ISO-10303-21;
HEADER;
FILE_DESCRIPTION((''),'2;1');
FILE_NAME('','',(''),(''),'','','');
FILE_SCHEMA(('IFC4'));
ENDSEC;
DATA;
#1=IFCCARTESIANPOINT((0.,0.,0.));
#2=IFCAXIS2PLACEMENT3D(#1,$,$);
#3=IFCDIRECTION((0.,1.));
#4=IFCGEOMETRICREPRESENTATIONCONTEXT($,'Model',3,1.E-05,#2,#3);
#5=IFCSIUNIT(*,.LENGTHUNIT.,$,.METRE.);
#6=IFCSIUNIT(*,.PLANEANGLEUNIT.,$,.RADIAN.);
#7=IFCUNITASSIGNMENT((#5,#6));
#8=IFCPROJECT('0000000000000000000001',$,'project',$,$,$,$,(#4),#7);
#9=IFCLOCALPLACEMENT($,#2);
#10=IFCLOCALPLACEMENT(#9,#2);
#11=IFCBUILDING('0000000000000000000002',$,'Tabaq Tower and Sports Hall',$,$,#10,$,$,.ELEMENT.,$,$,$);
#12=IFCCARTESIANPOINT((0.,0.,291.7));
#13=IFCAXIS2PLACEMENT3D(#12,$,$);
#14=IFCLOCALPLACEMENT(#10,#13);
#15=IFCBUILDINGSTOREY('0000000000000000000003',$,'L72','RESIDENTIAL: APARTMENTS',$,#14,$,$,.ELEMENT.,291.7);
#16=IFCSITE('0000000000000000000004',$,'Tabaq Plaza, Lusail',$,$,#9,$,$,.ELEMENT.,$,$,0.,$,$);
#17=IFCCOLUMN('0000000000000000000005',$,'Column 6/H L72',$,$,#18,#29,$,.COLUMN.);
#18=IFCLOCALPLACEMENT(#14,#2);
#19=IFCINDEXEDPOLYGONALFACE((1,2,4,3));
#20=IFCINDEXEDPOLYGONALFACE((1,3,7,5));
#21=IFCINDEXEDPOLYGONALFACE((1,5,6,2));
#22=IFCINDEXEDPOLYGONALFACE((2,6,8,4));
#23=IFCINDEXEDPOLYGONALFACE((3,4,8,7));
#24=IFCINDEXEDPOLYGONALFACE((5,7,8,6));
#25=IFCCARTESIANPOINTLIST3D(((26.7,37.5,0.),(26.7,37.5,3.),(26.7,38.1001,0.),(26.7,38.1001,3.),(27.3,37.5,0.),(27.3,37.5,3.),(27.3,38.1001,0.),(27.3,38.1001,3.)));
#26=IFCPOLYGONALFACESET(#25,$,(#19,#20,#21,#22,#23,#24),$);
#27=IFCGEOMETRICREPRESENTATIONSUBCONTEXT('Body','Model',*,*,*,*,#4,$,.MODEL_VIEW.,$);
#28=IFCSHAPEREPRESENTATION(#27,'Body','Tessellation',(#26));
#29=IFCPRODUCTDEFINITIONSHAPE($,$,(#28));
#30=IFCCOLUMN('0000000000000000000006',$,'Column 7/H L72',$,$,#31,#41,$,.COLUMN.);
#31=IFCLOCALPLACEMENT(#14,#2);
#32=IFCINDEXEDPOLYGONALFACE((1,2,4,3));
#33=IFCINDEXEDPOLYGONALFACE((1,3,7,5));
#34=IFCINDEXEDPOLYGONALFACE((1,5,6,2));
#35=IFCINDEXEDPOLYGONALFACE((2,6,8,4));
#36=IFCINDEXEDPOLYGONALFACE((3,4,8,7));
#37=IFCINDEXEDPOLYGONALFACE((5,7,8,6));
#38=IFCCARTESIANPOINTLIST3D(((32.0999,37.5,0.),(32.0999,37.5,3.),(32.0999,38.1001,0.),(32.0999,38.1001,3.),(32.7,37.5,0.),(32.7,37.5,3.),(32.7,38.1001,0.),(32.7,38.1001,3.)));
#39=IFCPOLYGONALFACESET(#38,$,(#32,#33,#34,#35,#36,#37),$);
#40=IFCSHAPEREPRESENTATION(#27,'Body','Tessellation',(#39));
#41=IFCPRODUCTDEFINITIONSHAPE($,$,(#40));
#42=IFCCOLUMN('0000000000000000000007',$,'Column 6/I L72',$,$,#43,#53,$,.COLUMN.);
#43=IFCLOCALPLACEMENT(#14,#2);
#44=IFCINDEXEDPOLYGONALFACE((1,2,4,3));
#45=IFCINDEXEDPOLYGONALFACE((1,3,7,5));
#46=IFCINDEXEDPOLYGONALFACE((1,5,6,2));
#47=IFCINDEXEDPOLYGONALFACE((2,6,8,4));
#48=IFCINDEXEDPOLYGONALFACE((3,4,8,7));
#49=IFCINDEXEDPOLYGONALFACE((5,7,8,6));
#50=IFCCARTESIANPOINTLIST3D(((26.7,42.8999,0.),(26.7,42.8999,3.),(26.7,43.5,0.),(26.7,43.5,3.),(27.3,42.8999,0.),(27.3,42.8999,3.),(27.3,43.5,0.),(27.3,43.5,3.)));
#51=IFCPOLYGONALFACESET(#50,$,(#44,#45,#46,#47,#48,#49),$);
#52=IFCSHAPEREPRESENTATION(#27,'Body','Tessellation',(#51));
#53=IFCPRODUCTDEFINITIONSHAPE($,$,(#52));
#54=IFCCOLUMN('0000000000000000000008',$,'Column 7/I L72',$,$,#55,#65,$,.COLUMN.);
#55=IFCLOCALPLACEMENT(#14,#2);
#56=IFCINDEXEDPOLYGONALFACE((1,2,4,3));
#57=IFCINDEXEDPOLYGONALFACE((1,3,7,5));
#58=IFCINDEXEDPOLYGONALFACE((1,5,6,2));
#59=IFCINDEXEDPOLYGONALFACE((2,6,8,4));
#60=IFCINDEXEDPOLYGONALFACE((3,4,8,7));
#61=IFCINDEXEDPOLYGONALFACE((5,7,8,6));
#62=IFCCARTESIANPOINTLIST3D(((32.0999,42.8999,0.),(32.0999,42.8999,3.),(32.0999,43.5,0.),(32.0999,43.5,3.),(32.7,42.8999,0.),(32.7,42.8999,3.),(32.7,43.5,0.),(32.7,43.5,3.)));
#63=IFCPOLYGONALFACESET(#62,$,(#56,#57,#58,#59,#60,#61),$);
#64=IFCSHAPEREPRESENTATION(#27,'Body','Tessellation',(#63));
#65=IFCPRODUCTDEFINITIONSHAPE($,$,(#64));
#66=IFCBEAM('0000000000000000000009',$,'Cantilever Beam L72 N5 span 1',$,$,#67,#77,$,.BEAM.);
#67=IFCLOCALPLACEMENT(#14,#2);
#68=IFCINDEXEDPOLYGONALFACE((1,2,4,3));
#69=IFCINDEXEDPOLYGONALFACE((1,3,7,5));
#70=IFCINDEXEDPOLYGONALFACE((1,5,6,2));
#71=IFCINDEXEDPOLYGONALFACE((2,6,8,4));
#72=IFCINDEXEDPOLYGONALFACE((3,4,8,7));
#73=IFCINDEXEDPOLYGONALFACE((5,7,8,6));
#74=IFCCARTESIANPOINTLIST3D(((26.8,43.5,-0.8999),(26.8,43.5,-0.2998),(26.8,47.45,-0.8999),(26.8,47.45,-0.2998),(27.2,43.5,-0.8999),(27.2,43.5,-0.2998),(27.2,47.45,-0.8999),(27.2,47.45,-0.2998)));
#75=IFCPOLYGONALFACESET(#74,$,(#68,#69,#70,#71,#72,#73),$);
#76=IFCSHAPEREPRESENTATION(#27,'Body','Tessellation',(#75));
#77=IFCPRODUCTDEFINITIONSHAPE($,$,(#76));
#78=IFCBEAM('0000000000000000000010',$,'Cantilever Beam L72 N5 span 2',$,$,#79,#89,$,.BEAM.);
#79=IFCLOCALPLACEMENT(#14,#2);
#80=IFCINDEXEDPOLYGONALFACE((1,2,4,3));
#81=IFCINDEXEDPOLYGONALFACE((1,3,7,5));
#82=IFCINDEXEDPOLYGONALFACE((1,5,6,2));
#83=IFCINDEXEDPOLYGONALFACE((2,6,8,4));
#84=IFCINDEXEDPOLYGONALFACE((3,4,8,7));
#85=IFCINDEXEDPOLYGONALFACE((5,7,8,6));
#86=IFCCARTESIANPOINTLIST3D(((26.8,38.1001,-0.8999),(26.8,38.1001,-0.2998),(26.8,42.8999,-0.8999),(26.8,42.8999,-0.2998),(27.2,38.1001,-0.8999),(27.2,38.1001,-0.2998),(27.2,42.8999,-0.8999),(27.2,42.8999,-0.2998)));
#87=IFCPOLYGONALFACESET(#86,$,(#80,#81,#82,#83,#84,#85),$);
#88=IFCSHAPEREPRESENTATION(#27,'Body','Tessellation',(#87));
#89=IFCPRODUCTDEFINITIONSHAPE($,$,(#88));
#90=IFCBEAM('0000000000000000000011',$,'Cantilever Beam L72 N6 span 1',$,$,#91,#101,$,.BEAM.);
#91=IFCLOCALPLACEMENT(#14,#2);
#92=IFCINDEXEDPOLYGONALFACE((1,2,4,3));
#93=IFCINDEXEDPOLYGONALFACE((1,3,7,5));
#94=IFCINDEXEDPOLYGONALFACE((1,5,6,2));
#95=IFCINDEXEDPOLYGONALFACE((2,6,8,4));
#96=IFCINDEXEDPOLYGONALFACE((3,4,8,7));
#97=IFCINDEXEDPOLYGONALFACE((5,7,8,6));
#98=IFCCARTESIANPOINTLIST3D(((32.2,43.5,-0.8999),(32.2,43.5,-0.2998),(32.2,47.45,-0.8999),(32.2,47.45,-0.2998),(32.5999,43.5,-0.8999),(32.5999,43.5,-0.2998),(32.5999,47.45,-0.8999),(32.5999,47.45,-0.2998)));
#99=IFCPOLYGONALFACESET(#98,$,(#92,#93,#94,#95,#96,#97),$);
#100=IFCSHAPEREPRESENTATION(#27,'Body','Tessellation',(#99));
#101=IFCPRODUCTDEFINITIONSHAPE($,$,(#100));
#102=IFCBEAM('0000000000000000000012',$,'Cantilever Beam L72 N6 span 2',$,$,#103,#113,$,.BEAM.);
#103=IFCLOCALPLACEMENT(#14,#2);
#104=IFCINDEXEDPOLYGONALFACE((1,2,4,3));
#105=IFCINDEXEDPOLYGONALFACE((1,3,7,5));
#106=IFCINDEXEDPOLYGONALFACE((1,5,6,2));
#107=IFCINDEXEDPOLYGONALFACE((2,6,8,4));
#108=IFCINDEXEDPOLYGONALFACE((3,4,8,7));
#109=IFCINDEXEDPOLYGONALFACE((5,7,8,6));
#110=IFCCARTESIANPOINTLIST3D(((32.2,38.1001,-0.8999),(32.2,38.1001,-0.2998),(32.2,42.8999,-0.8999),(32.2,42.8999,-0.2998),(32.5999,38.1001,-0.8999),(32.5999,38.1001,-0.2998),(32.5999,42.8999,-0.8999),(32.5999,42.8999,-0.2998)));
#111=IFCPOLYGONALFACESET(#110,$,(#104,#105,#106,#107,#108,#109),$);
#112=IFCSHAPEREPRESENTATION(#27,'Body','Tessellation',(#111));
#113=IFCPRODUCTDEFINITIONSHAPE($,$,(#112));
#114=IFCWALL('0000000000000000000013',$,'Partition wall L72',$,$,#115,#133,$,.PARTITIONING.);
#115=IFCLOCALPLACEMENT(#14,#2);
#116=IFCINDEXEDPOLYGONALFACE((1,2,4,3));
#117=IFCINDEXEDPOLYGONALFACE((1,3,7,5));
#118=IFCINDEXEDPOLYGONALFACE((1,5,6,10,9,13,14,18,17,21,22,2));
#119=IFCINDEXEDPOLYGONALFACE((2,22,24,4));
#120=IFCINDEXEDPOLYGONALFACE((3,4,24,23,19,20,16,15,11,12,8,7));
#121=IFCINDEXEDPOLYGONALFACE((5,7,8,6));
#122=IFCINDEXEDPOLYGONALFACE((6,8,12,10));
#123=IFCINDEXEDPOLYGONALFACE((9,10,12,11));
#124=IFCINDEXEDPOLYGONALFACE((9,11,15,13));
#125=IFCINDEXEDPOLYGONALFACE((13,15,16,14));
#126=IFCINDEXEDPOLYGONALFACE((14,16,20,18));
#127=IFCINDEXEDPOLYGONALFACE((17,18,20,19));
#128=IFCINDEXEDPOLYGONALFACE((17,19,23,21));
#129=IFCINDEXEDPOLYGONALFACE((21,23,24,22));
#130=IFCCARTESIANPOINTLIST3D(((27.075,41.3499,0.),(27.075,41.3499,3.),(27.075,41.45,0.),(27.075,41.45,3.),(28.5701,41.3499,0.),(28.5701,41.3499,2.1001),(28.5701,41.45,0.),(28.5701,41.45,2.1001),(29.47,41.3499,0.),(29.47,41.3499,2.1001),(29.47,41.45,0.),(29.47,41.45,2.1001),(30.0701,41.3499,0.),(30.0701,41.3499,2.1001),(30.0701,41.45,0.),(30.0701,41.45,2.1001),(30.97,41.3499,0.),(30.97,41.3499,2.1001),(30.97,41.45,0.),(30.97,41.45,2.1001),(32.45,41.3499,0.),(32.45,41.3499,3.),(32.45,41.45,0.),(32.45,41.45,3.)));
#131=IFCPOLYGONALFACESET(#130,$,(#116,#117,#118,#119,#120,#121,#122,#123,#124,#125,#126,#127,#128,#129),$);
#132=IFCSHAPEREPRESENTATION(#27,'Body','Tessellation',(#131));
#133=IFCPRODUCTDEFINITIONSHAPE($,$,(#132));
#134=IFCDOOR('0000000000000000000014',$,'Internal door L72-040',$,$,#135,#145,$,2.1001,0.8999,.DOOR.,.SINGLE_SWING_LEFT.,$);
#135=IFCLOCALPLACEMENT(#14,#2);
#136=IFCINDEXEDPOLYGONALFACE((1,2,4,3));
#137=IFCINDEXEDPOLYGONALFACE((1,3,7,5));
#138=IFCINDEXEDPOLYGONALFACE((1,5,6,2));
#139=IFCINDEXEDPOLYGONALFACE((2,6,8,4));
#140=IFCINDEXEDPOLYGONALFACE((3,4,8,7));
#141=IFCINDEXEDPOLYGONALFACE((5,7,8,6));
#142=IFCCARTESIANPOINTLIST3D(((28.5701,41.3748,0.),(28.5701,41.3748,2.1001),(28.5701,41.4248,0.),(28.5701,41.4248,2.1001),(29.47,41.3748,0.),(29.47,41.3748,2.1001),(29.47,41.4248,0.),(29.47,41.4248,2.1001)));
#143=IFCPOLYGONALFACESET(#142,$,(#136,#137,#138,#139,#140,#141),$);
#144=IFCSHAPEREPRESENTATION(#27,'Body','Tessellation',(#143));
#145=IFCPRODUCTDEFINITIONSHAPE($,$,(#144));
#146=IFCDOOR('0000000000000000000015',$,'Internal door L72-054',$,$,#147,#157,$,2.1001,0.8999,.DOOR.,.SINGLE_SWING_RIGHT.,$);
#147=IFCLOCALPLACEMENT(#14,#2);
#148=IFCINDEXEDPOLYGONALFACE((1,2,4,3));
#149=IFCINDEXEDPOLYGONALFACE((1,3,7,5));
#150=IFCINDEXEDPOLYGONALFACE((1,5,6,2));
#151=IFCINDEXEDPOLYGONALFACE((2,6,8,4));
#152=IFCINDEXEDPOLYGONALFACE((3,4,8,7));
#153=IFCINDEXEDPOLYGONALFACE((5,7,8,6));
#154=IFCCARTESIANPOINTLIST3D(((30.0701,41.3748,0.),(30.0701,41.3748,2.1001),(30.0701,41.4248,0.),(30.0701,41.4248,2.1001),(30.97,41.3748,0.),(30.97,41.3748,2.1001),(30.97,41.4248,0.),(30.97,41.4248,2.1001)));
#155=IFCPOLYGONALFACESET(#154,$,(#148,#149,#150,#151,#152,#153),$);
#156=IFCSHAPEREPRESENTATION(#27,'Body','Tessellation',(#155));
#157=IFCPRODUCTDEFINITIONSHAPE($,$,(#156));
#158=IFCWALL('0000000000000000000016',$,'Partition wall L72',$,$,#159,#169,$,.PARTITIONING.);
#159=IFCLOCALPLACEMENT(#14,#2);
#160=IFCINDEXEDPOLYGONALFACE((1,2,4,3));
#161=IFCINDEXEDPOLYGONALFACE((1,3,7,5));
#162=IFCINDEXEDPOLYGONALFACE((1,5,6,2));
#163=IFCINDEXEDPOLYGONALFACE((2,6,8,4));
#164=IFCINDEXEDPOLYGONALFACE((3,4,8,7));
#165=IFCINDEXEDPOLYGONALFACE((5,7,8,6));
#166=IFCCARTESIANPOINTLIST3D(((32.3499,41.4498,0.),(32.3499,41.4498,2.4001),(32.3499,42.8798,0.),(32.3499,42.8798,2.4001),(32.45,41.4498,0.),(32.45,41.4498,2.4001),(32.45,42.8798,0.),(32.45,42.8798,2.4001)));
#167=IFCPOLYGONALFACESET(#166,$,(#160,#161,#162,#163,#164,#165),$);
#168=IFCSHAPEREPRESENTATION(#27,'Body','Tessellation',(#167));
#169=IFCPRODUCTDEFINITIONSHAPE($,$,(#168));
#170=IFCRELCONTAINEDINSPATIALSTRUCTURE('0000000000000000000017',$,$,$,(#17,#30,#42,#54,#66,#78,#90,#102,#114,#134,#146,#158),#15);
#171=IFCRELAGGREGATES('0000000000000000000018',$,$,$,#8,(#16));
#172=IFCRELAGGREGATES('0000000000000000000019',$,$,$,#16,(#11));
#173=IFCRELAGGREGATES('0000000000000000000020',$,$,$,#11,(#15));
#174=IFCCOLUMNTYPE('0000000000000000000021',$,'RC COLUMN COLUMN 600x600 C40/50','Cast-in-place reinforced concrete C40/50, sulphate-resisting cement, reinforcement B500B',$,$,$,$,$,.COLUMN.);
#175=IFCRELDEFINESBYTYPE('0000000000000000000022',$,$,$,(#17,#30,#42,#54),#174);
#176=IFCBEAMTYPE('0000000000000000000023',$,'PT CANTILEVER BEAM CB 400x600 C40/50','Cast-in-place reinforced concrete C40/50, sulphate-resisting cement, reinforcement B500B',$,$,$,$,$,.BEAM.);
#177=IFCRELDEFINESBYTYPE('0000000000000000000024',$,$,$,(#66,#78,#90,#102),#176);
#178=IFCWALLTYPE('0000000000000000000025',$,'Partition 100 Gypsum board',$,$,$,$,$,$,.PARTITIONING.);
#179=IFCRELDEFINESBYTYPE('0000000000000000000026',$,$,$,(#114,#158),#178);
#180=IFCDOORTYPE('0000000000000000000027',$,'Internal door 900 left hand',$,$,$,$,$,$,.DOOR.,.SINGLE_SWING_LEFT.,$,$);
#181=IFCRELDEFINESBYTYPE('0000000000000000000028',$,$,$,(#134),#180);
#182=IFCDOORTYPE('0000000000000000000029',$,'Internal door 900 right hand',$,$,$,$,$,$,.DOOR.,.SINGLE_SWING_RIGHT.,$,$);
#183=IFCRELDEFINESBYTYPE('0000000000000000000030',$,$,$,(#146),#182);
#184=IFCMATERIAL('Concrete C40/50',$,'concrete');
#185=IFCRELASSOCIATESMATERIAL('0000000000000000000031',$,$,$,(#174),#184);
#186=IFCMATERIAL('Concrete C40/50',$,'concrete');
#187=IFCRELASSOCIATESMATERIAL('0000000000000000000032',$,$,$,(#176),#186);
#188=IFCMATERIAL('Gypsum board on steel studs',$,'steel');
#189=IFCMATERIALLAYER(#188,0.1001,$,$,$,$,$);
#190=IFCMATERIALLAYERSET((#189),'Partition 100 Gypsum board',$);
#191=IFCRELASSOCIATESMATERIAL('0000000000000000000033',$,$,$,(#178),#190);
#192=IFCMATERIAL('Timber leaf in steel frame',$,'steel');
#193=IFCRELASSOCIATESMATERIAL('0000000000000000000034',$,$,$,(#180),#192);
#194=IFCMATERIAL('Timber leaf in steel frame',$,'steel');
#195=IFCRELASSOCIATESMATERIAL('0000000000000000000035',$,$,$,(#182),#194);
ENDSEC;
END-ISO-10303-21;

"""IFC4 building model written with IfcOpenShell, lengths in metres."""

from ifc_helpers import new_model, si_unit, direction, frame, frame_2d, origin, origin_2d, place, context, subcontext, project, spatial, rectangle, extrude, material, layer, layer_set, material_profile, profile_set, type_object, element, fill, save


model = new_model("IFC4")

# Units and contexts
model_context = context("Model", 3, precision=1e-05, world=origin(), true_north=direction((0.0, 1.0)))
body_context = subcontext(model_context, "Body", "Model", "MODEL_VIEW")
ifc_project = project(units=[si_unit("LENGTHUNIT", "METRE"), si_unit("PLANEANGLEUNIT", "RADIAN")], contexts=[model_context])

# Site, building, storey
site_placement = place(None, origin())
site = spatial("IfcSite", under=ifc_project, at=site_placement, Name="Tabaq Plaza, Lusail", CompositionType="ELEMENT", RefElevation=0.0)
building_placement = place(site_placement, origin())
building = spatial("IfcBuilding", under=site, at=building_placement, Name="Tabaq Tower and Sports Hall", CompositionType="ELEMENT")
storey_placement = place(building_placement, frame((0.0, 0.0, 291.7)))
storey = spatial("IfcBuildingStorey", under=building, at=storey_placement, Name="L72", Description="RESIDENTIAL: APARTMENTS", CompositionType="ELEMENT", Elevation=291.7)

# Columns
ifc_material_1 = material(Name="Concrete C40/50", Category="concrete")
ifc_material_profile_1 = material_profile(ifc_material_1, rectangle(XDim=0.6001, YDim=0.6001, at=origin_2d()), Name="COLUMN 600x600")
ifc_profile_set_1 = profile_set([ifc_material_profile_1], Name="Concrete C40/50")
column_type = type_object("IfcColumnType", Name="RC COLUMN COLUMN 600x600 C40/50", Description="Cast-in-place reinforced concrete C40/50, sulphate-resisting cement, reinforcement B500B", PredefinedType="COLUMN", material=ifc_profile_set_1)
for number, where, z_axis, x_axis, name in (
    (1, (27.0, 37.8, 0.0), (0.0, 0.0, 1.0), (1.0, 0.0, 0.0), "Column 6/H L72"),
    (2, (32.3999, 37.8, 0.0), (0.0, 0.0, 1.0), (1.0, 0.0, 0.0), "Column 7/H L72"),
    (3, (27.0, 43.2, 0.0), (0.0, 0.0, 1.0), (1.0, 0.0, 0.0), "Column 6/I L72"),
    (4, (32.3999, 43.2, 0.0), (0.0, 0.0, 1.0), (1.0, 0.0, 0.0), "Column 7/I L72"),
):
    element("IfcColumn", number, at=place(storey_placement, frame(where, z_axis=z_axis, x_axis=x_axis)), inside=storey, type_object=column_type, Name=name, PredefinedType="COLUMN", context=body_context, shape_type="SweptSolid", body=[
        extrude(rectangle(XDim=0.6001, YDim=0.6001, at=origin_2d()), origin(), (0.0, 0.0, 1.0), 3.0),
    ])

# Beams
ifc_material_2 = material(Name="Concrete C40/50", Category="concrete")
ifc_material_profile_2 = material_profile(ifc_material_2, rectangle(XDim=0.3999, YDim=0.6001, at=origin_2d()), Name="CB 400x600")
ifc_profile_set_2 = profile_set([ifc_material_profile_2], Name="Concrete C40/50")
beam_type = type_object("IfcBeamType", Name="PT CANTILEVER BEAM CB 400x600 C40/50", Description="Cast-in-place reinforced concrete C40/50, sulphate-resisting cement, reinforcement B500B", PredefinedType="BEAM", material=ifc_profile_set_2)
beam_1_placement = place(storey_placement, frame((27.0, 47.45, -0.5999), z_axis=(0.0, -1.0, 0.0), x_axis=(1.0, 0.0, 0.0)))
element("IfcBeam", 5, at=beam_1_placement, inside=storey, type_object=beam_type, Name="Cantilever Beam L72 N5 span 1", PredefinedType="BEAM", context=body_context, shape_type="SweptSolid", body=[
    extrude(rectangle(XDim=0.3999, YDim=0.6001, at=origin_2d()), origin(), (0.0, 0.0, 1.0), 3.95),
])
beam_2_placement = place(storey_placement, frame((27.0, 42.8999, -0.5999), z_axis=(0.0, -1.0, 0.0), x_axis=(1.0, 0.0, 0.0)))
element("IfcBeam", 6, at=beam_2_placement, inside=storey, type_object=beam_type, Name="Cantilever Beam L72 N5 span 2", PredefinedType="BEAM", context=body_context, shape_type="SweptSolid", body=[
    extrude(rectangle(XDim=0.3999, YDim=0.6001, at=origin_2d()), origin(), (0.0, 0.0, 1.0), 4.7998),
])
beam_3_placement = place(storey_placement, frame((32.3999, 47.45, -0.5999), z_axis=(0.0, -1.0, 0.0), x_axis=(1.0, 0.0, 0.0)))
element("IfcBeam", 7, at=beam_3_placement, inside=storey, type_object=beam_type, Name="Cantilever Beam L72 N6 span 1", PredefinedType="BEAM", context=body_context, shape_type="SweptSolid", body=[
    extrude(rectangle(XDim=0.3999, YDim=0.6001, at=origin_2d()), origin(), (0.0, 0.0, 1.0), 3.95),
])
beam_4_placement = place(storey_placement, frame((32.3999, 42.8999, -0.5999), z_axis=(0.0, -1.0, 0.0), x_axis=(1.0, 0.0, 0.0)))
element("IfcBeam", 8, at=beam_4_placement, inside=storey, type_object=beam_type, Name="Cantilever Beam L72 N6 span 2", PredefinedType="BEAM", context=body_context, shape_type="SweptSolid", body=[
    extrude(rectangle(XDim=0.3999, YDim=0.6001, at=origin_2d()), origin(), (0.0, 0.0, 1.0), 4.7998),
])

# Wall, openings, doors
ifc_material_3 = material(Name="Gypsum board on steel studs", Category="steel")
ifc_layer_1 = layer(ifc_material_3, 0.1001)
ifc_layer_set_1 = layer_set([ifc_layer_1], Name="Partition 100 Gypsum board")
wall_type_1 = type_object("IfcWallType", Name="Partition 100 Gypsum board", PredefinedType="PARTITIONING", material=ifc_layer_set_1)
wall_1_placement = place(storey_placement, frame((27.075, 41.3999, 0.0), z_axis=(0.0, 0.0, 1.0), x_axis=(1.0, 0.0, 0.0)))
wall_1 = element("IfcWall", 9, at=wall_1_placement, inside=storey, type_object=wall_type_1, Name="Partition wall L72", PredefinedType="PARTITIONING", context=body_context, shape_type="SweptSolid", body=[
    extrude(rectangle(XDim=5.375, YDim=0.1001, at=frame_2d((2.6875, 0.0))), origin(), (0.0, 0.0, 1.0), 3.0),
])
opening_1_placement = place(wall_1_placement, frame((1.4951, 0.0, 0.0)))
opening_1 = element("IfcOpeningElement", 10, at=opening_1_placement, cuts=wall_1, PredefinedType="OPENING", context=body_context, shape_type="SweptSolid", body=[
    extrude(rectangle(XDim=0.8999, YDim=2.1001, at=frame_2d((0.45, 1.05))), frame((0.0, 0.05, 0.0), z_axis=(0.0, -1.0, 0.0), x_axis=(1.0, 0.0, 0.0)), (0.0, 0.0, 1.0), 0.1001),
])
opening_2_placement = place(wall_1_placement, frame((2.9951, 0.0, 0.0)))
opening_2 = element("IfcOpeningElement", 11, at=opening_2_placement, cuts=wall_1, PredefinedType="OPENING", context=body_context, shape_type="SweptSolid", body=[
    extrude(rectangle(XDim=0.8999, YDim=2.1001, at=frame_2d((0.45, 1.05))), frame((0.0, 0.05, 0.0), z_axis=(0.0, -1.0, 0.0), x_axis=(1.0, 0.0, 0.0)), (0.0, 0.0, 1.0), 0.1001),
])
ifc_material_4 = material(Name="Timber leaf in steel frame", Category="steel")
door_type_1 = type_object("IfcDoorType", Name="Internal door 900 left hand", OperationType="SINGLE_SWING_LEFT", PredefinedType="DOOR", material=ifc_material_4)
door_1_placement = place(opening_1_placement, origin())
door_1 = element("IfcDoor", 12, at=door_1_placement, inside=storey, type_object=door_type_1, Name="Internal door L72-040", OperationType="SINGLE_SWING_LEFT", OverallHeight=2.1001, OverallWidth=0.8999, PredefinedType="DOOR", context=body_context, shape_type="SweptSolid", body=[
    extrude(rectangle(XDim=0.8999, YDim=2.1001, at=frame_2d((0.45, 1.05))), frame((0.0, 0.0249, 0.0), z_axis=(0.0, -1.0, 0.0), x_axis=(1.0, 0.0, 0.0)), (0.0, 0.0, 1.0), 0.05),
])
fill(opening_1, door_1)
ifc_material_5 = material(Name="Timber leaf in steel frame", Category="steel")
door_type_2 = type_object("IfcDoorType", Name="Internal door 900 right hand", OperationType="SINGLE_SWING_RIGHT", PredefinedType="DOOR", material=ifc_material_5)
door_2_placement = place(opening_2_placement, origin())
door_2 = element("IfcDoor", 13, at=door_2_placement, inside=storey, type_object=door_type_2, Name="Internal door L72-054", OperationType="SINGLE_SWING_RIGHT", OverallHeight=2.1001, OverallWidth=0.8999, PredefinedType="DOOR", context=body_context, shape_type="SweptSolid", body=[
    extrude(rectangle(XDim=0.8999, YDim=2.1001, at=frame_2d((0.45, 1.05))), frame((0.0, 0.0249, 0.0), z_axis=(0.0, -1.0, 0.0), x_axis=(1.0, 0.0, 0.0)), (0.0, 0.0, 1.0), 0.05),
])
fill(opening_2, door_2)

# Wall
wall_2_placement = place(storey_placement, frame((32.3999, 41.45, 0.0), z_axis=(0.0, 0.0, 1.0), x_axis=(0.0, 1.0, 0.0)))
element("IfcWall", 14, at=wall_2_placement, inside=storey, type_object=wall_type_1, Name="Partition wall L72", PredefinedType="PARTITIONING", context=body_context, shape_type="SweptSolid", body=[
    extrude(rectangle(XDim=1.4299, YDim=0.1001, at=frame_2d((0.7148, 0.0))), origin(), (0.0, 0.0, 1.0), 2.4001),
])

save(model, "model.ifc")
